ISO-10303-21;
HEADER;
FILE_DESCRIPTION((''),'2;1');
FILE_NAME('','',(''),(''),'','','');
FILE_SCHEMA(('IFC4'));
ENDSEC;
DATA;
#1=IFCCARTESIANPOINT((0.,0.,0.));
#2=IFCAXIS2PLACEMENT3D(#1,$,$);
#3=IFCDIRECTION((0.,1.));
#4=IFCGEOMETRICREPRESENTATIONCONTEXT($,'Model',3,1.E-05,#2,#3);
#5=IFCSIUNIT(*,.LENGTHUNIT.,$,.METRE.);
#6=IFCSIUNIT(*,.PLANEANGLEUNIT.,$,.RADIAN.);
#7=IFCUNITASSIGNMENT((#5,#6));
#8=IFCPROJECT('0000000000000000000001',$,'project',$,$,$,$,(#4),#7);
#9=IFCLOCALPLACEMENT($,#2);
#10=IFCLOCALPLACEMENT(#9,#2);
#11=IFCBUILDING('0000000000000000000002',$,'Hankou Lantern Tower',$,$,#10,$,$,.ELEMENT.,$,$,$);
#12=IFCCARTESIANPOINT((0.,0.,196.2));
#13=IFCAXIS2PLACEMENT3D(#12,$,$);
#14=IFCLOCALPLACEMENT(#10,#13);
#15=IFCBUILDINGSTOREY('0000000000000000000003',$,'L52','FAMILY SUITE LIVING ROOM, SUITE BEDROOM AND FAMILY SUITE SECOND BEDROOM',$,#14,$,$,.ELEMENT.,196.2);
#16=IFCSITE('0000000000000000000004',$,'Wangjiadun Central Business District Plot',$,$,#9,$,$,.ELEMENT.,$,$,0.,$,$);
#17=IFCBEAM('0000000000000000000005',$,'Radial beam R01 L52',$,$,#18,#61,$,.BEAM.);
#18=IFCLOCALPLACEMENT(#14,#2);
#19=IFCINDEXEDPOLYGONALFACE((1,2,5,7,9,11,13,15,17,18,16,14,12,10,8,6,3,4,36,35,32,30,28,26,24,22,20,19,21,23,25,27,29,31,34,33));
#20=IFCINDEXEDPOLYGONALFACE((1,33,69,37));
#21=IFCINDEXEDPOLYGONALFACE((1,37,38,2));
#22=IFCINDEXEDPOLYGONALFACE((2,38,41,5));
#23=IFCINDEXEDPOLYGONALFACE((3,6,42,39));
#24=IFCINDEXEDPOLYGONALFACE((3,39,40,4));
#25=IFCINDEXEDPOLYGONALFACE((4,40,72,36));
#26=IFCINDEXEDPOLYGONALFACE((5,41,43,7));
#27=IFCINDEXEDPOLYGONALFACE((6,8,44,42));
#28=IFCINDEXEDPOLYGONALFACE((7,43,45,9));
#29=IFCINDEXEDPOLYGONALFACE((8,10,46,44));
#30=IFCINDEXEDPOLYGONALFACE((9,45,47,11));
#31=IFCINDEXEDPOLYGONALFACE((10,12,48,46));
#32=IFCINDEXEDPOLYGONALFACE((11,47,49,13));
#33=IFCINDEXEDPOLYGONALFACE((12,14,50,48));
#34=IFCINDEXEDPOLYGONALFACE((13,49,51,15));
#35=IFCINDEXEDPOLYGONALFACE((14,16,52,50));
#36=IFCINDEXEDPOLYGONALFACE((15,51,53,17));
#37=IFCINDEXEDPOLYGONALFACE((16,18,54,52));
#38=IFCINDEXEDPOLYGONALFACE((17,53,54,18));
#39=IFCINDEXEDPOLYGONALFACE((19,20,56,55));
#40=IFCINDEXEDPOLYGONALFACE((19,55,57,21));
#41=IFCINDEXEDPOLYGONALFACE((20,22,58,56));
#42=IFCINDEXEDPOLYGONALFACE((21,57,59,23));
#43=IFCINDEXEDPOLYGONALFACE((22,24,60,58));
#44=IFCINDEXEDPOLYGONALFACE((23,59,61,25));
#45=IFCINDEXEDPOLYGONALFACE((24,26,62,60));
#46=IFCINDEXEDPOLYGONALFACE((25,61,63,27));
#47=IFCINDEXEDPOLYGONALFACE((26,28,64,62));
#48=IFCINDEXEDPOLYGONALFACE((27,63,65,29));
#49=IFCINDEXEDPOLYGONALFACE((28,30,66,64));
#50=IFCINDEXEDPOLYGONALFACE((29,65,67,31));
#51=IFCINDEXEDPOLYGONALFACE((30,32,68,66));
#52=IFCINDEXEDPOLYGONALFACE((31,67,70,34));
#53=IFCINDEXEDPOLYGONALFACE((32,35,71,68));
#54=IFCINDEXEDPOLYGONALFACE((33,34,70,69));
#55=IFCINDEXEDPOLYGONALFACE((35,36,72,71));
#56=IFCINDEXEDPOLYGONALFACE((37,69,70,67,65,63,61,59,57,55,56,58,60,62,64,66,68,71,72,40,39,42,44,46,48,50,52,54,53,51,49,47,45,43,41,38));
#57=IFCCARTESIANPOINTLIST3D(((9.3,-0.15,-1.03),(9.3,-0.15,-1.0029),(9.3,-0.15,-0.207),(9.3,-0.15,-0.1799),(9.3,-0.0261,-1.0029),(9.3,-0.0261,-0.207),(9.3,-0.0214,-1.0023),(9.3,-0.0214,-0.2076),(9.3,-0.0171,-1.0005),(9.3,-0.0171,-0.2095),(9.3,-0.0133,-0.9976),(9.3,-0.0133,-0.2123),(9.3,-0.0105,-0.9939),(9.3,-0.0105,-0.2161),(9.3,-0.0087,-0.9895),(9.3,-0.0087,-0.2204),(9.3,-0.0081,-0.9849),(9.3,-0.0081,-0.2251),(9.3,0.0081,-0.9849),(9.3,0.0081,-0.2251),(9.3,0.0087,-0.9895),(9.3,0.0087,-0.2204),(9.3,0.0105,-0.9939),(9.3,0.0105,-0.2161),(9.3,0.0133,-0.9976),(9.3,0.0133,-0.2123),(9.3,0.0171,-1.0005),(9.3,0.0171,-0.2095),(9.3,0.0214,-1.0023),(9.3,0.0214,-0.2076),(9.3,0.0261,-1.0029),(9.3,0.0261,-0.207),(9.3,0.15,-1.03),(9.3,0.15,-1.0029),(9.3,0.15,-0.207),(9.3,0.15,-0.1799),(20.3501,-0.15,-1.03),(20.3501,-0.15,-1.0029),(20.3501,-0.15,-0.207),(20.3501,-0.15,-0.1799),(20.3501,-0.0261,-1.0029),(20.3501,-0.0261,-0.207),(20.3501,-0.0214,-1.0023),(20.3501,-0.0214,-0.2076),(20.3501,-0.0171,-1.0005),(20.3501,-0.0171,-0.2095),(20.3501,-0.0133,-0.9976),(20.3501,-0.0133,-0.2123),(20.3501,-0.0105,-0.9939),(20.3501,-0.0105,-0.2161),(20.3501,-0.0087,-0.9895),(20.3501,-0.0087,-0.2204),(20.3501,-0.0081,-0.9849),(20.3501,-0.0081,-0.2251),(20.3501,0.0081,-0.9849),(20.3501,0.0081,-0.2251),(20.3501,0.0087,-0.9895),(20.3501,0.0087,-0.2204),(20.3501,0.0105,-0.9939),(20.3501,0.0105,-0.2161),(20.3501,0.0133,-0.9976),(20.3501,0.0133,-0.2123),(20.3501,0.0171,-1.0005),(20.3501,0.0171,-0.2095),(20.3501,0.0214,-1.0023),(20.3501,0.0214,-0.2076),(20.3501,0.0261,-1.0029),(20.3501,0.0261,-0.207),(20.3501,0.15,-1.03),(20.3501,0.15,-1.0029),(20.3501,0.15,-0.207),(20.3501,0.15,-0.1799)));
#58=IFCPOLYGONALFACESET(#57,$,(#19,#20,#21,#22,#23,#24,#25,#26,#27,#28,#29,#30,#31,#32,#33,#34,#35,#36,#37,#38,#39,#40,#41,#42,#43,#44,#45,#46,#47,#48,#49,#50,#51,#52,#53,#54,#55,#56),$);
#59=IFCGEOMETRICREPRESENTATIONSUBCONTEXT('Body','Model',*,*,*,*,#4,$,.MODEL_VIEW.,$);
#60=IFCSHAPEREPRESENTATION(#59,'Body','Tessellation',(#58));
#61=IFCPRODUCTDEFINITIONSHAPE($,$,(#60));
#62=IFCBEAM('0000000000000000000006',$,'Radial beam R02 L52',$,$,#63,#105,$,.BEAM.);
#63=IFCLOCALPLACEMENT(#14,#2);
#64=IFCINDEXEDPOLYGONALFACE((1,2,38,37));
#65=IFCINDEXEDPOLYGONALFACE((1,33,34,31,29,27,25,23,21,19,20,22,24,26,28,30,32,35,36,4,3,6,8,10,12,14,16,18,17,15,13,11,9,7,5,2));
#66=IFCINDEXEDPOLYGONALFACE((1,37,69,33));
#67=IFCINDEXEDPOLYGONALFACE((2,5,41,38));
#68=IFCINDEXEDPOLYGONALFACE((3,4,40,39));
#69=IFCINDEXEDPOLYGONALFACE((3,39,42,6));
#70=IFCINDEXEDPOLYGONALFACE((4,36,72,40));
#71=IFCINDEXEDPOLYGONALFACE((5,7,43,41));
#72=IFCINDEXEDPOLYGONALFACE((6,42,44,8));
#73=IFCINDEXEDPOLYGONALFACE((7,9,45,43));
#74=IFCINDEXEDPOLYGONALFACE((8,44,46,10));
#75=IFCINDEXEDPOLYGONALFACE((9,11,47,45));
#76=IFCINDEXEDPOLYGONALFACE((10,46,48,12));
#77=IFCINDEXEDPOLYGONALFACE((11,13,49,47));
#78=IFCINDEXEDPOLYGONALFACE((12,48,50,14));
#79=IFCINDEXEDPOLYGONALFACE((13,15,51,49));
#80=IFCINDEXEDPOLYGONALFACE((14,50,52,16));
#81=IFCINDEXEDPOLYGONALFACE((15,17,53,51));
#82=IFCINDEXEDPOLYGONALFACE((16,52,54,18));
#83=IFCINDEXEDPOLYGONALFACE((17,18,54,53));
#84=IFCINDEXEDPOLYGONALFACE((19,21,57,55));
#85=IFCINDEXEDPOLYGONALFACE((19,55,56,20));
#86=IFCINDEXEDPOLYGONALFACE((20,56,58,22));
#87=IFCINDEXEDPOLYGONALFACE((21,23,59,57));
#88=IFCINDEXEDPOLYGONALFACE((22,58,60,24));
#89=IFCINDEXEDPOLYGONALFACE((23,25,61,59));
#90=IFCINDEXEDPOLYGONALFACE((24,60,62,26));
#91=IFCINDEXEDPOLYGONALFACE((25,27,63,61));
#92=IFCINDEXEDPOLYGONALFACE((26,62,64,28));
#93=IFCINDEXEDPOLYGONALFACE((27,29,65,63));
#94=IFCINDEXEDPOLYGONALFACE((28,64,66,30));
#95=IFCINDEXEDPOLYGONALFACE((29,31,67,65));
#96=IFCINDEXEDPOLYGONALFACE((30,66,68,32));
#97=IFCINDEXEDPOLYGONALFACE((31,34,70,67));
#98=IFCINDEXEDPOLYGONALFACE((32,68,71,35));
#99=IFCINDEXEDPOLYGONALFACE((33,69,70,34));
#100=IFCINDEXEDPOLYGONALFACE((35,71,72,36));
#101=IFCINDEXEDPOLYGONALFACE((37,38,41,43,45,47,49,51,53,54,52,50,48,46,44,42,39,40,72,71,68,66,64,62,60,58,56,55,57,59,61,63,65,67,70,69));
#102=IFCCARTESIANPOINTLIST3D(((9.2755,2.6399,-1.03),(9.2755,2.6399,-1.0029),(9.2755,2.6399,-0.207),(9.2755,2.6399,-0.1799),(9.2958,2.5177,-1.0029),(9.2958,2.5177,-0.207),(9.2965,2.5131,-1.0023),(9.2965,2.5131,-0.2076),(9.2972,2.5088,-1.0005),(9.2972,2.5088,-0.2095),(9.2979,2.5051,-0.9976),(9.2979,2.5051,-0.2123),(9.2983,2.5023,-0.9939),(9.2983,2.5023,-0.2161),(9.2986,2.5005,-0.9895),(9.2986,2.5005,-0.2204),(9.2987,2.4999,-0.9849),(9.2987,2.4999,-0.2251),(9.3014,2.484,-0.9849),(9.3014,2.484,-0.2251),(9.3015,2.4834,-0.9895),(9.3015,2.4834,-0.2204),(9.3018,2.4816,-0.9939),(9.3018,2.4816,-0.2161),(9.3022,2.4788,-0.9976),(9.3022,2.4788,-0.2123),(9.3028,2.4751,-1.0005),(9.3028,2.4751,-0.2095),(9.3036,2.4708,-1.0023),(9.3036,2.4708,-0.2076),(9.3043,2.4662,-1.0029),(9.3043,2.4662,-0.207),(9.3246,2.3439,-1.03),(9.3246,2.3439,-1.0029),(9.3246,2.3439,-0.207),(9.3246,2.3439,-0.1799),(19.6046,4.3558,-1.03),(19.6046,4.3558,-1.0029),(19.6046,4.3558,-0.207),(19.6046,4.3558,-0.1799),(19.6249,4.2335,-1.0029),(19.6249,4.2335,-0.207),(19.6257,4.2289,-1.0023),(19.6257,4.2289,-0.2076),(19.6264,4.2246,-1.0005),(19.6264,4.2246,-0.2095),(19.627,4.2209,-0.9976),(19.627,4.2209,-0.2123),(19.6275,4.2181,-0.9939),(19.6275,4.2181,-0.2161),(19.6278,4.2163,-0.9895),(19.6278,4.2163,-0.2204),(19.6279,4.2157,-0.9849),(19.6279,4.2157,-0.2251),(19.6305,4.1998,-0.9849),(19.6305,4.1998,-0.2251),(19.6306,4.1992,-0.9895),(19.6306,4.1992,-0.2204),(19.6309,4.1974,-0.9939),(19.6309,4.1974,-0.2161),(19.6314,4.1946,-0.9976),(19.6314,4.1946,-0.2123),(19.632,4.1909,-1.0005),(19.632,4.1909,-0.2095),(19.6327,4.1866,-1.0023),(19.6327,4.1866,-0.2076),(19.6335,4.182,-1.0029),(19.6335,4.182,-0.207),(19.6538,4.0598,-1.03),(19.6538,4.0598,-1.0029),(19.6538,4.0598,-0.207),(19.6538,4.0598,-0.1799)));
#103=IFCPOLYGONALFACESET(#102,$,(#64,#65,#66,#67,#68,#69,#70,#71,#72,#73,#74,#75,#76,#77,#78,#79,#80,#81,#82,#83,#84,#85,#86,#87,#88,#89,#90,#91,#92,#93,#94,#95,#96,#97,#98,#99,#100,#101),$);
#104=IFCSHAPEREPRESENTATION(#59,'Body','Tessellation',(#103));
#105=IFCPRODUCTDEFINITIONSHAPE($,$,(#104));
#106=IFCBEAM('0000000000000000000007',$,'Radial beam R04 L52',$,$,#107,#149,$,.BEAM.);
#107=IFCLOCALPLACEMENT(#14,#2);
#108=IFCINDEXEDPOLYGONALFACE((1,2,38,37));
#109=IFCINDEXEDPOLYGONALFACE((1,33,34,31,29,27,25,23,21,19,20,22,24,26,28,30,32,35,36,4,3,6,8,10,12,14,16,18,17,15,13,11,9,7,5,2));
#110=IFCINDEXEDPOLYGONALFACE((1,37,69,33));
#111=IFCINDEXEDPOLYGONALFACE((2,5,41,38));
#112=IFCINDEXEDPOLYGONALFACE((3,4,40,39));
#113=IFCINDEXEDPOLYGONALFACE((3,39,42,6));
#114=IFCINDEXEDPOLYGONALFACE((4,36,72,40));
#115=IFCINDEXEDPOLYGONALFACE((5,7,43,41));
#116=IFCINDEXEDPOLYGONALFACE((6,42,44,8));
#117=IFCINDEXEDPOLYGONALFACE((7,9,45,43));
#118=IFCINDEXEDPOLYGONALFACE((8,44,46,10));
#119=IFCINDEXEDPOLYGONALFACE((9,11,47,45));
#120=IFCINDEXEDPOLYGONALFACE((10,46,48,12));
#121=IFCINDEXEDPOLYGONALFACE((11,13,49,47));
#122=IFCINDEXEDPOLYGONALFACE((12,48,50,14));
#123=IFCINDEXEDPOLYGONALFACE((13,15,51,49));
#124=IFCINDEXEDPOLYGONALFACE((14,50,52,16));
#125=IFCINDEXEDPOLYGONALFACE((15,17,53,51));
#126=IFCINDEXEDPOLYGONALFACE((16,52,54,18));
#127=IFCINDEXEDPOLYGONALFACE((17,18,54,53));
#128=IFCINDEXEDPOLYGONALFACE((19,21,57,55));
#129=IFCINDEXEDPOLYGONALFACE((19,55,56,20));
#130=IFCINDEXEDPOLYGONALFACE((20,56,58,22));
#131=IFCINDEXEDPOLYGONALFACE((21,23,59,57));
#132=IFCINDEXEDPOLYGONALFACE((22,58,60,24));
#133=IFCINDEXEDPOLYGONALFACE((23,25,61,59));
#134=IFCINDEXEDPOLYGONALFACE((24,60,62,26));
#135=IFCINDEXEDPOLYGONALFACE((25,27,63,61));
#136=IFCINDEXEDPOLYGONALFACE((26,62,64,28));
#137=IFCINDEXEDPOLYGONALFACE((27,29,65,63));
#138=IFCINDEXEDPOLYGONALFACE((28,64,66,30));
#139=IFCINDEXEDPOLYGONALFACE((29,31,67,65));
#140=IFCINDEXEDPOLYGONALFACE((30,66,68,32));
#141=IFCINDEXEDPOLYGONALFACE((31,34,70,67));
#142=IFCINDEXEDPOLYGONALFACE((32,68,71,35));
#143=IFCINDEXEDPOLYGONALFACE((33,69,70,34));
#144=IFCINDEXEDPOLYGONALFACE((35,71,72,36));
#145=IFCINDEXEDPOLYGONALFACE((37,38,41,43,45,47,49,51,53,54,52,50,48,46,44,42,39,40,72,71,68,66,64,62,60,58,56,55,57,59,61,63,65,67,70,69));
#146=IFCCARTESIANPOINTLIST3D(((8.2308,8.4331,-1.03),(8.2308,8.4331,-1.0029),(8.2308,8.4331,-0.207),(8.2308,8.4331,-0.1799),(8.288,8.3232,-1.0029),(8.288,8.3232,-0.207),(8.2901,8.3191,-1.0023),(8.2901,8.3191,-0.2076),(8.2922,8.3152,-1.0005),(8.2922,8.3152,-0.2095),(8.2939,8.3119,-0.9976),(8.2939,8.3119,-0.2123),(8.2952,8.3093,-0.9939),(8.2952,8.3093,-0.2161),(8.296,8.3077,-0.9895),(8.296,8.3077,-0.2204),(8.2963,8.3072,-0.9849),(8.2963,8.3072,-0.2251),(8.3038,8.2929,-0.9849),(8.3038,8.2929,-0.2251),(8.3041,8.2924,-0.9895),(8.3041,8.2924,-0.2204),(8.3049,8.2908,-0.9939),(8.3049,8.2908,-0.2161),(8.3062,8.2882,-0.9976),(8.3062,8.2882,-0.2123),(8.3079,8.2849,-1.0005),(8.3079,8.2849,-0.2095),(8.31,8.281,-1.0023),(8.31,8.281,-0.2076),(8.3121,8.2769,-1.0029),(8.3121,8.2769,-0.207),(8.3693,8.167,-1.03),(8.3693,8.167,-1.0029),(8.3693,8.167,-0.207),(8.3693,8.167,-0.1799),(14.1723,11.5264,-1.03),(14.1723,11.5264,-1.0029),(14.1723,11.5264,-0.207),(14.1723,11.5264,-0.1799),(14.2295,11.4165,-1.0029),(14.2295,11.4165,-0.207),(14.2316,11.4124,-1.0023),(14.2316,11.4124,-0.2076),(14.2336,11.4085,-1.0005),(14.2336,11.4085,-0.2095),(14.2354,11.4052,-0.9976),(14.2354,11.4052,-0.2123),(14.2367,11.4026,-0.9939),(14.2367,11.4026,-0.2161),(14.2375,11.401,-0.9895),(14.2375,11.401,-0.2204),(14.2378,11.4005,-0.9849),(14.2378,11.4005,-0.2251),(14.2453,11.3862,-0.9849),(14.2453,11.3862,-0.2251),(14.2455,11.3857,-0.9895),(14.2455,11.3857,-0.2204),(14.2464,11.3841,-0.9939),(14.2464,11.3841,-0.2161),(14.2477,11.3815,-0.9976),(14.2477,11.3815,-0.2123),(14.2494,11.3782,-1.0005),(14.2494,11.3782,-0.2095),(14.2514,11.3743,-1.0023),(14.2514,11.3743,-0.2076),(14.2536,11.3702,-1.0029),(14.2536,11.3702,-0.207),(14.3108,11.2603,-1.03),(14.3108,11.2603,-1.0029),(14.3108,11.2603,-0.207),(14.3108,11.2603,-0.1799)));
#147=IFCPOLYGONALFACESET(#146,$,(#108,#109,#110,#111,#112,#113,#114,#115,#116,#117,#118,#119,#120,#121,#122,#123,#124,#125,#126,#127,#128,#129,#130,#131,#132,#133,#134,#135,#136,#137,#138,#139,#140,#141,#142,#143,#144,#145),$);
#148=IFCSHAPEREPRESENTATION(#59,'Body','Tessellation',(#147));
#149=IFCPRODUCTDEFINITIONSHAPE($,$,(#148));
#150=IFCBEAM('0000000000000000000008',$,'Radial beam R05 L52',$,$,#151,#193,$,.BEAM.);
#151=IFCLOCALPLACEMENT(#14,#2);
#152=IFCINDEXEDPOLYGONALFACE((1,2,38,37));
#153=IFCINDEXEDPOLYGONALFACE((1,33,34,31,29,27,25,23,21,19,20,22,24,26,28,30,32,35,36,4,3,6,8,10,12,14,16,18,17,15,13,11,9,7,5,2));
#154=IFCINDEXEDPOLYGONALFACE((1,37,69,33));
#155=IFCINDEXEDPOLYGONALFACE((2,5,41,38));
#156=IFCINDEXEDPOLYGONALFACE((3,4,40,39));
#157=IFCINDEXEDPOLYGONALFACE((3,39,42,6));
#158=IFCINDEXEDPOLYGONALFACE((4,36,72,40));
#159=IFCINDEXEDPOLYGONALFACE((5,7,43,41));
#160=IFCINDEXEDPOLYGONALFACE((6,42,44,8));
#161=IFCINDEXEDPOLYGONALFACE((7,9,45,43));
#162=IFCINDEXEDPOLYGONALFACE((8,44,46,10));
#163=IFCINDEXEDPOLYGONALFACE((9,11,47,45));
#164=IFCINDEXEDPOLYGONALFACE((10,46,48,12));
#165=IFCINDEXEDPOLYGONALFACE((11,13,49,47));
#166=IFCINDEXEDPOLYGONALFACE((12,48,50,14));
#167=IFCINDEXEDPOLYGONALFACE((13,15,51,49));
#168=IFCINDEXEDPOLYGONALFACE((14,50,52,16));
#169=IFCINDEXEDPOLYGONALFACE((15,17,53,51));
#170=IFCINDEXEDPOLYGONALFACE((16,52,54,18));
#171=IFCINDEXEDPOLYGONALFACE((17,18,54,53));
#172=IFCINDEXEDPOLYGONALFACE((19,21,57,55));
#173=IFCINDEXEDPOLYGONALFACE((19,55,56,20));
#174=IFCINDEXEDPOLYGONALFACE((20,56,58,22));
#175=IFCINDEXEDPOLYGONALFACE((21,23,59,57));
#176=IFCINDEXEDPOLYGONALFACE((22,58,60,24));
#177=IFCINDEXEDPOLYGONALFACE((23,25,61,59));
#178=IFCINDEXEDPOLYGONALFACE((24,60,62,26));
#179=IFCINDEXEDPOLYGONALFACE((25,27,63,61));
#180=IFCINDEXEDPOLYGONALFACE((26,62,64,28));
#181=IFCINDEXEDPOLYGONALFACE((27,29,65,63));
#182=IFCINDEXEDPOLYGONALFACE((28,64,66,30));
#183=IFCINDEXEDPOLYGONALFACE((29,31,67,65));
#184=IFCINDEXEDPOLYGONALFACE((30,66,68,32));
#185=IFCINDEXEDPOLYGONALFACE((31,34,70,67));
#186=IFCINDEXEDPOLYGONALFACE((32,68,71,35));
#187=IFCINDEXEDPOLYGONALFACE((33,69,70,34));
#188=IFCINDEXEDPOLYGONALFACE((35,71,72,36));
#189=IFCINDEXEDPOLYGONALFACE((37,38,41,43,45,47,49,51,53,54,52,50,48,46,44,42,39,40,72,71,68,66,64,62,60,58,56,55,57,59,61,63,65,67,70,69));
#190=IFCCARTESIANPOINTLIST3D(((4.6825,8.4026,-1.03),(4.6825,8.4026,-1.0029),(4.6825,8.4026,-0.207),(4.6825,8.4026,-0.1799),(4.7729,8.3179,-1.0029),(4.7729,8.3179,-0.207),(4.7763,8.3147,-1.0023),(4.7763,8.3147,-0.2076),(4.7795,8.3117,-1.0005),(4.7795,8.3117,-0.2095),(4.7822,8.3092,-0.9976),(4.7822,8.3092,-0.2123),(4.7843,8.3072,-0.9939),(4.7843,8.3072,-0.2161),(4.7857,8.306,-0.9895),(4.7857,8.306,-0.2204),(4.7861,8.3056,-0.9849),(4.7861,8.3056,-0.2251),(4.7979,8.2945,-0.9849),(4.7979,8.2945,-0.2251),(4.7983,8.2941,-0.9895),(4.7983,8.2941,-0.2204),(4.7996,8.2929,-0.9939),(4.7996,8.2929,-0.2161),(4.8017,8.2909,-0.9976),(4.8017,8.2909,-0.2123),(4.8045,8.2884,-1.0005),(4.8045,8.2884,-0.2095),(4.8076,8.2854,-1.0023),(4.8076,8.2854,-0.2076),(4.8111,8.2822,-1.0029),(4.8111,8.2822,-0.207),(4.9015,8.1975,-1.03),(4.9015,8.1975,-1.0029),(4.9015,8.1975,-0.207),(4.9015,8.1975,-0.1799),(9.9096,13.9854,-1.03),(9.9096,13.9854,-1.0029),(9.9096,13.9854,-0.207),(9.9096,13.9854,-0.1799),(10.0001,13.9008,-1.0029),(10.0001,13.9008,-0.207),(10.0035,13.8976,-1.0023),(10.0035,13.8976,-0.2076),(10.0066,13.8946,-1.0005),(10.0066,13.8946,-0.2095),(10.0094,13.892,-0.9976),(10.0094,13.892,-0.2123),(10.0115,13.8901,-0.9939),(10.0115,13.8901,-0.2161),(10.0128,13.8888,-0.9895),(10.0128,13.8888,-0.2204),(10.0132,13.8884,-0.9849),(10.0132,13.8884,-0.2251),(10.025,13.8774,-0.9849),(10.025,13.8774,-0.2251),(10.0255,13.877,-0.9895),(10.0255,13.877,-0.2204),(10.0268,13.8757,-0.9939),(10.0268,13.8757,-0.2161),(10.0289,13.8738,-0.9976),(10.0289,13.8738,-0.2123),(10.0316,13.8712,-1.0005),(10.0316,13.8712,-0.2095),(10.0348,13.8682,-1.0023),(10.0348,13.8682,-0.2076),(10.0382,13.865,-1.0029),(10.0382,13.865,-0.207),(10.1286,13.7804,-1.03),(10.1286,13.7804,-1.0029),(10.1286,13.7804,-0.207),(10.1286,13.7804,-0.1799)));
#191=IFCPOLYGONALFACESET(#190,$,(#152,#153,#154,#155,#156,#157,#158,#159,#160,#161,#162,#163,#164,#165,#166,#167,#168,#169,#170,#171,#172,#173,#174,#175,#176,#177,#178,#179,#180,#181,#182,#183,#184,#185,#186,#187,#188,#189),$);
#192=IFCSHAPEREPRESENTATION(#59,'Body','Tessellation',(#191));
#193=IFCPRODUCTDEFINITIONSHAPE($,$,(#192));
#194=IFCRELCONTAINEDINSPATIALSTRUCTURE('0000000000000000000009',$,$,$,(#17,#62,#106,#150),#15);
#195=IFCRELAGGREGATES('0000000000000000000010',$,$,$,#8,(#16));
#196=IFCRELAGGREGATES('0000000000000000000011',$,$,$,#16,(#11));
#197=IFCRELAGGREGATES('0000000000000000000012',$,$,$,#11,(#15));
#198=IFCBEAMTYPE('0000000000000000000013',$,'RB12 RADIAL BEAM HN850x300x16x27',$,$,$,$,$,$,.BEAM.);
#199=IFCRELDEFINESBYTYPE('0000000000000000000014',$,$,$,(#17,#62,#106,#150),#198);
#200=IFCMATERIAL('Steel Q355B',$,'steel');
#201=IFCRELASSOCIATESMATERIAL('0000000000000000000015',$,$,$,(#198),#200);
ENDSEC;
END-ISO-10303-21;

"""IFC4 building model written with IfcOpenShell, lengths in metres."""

from ifc_helpers import new_model, si_unit, direction, frame, origin, origin_2d, place, context, subcontext, project, spatial, i_section, extrude, material, material_profile, profile_set, type_object, element, save


model = new_model("IFC4")

# Units and contexts
model_context = context("Model", 3, precision=1e-05, world=origin(), true_north=direction((0.0, 1.0)))
body_context = subcontext(model_context, "Body", "Model", "MODEL_VIEW")
ifc_project = project(units=[si_unit("LENGTHUNIT", "METRE"), si_unit("PLANEANGLEUNIT", "RADIAN")], contexts=[model_context])

# Site, building, storey
site_placement = place(None, origin())
site = spatial("IfcSite", under=ifc_project, at=site_placement, Name="Wangjiadun Central Business District Plot", CompositionType="ELEMENT", RefElevation=0.0)
building_placement = place(site_placement, origin())
building = spatial("IfcBuilding", under=site, at=building_placement, Name="Hankou Lantern Tower", CompositionType="ELEMENT")
storey_placement = place(building_placement, frame((0.0, 0.0, 196.2)))
storey = spatial("IfcBuildingStorey", under=building, at=storey_placement, Name="L52", Description="FAMILY SUITE LIVING ROOM, SUITE BEDROOM AND FAMILY SUITE SECOND BEDROOM", CompositionType="ELEMENT", Elevation=196.2)

# Beams
ifc_material_1 = material(Name="Steel Q355B", Category="steel")
ifc_material_profile_1 = material_profile(ifc_material_1, i_section(OverallWidth=0.3, OverallDepth=0.8501, WebThickness=0.0161, FlangeThickness=0.0271, FilletRadius=0.0181, at=origin_2d()), Name="HN850x300x16x27")
ifc_profile_set_1 = profile_set([ifc_material_profile_1], Name="Steel Q355B")
beam_type_1 = type_object("IfcBeamType", Name="RB12 RADIAL BEAM HN850x300x16x27", PredefinedType="BEAM", material=ifc_profile_set_1)
beam_1_placement = place(storey_placement, frame((9.3, 0.0, -0.605), z_axis=(1.0, 0.0, 0.0), x_axis=(0.0, 1.0, 0.0)))
element("IfcBeam", 1, at=beam_1_placement, inside=storey, type_object=beam_type_1, Name="Radial beam R01 L52", PredefinedType="BEAM", context=body_context, shape_type="SweptSolid", body=[
    extrude(i_section(OverallWidth=0.3, OverallDepth=0.8501, WebThickness=0.0161, FlangeThickness=0.0271, FilletRadius=0.0181, at=origin_2d()), origin(), (0.0, 0.0, 1.0), 11.05),
])
beam_2_placement = place(storey_placement, frame((9.3, 2.4919, -0.605), z_axis=(0.986482, 0.16387, 0.0), x_axis=(-0.16387, 0.986482, 0.0)))
element("IfcBeam", 2, at=beam_2_placement, inside=storey, type_object=beam_type_1, Name="Radial beam R02 L52", PredefinedType="BEAM", context=body_context, shape_type="SweptSolid", body=[
    extrude(i_section(OverallWidth=0.3, OverallDepth=0.8501, WebThickness=0.0161, FlangeThickness=0.0271, FilletRadius=0.0181, at=origin_2d()), origin(), (0.0, 0.0, 1.0), 10.4707),
])
beam_3_placement = place(storey_placement, frame((8.3, 8.3, -0.605), z_axis=(0.886989, 0.461791, 0.0), x_axis=(-0.461791, 0.886989, 0.0)))
element("IfcBeam", 3, at=beam_3_placement, inside=storey, type_object=beam_type_1, Name="Radial beam R04 L52", PredefinedType="BEAM", context=body_context, shape_type="SweptSolid", body=[
    extrude(i_section(OverallWidth=0.3, OverallDepth=0.8501, WebThickness=0.0161, FlangeThickness=0.0271, FilletRadius=0.0181, at=origin_2d()), origin(), (0.0, 0.0, 1.0), 6.6985),
])
beam_4_placement = place(storey_placement, frame((4.792, 8.3, -0.605), z_axis=(0.683468, 0.72998, 0.0), x_axis=(-0.72998, 0.683468, 0.0)))
element("IfcBeam", 4, at=beam_4_placement, inside=storey, type_object=beam_type_1, Name="Radial beam R05 L52", PredefinedType="BEAM", context=body_context, shape_type="SweptSolid", body=[
    extrude(i_section(OverallWidth=0.3, OverallDepth=0.8501, WebThickness=0.0161, FlangeThickness=0.0271, FilletRadius=0.0181, at=origin_2d()), origin(), (0.0, 0.0, 1.0), 7.6479),
])

save(model, "model.ifc")
